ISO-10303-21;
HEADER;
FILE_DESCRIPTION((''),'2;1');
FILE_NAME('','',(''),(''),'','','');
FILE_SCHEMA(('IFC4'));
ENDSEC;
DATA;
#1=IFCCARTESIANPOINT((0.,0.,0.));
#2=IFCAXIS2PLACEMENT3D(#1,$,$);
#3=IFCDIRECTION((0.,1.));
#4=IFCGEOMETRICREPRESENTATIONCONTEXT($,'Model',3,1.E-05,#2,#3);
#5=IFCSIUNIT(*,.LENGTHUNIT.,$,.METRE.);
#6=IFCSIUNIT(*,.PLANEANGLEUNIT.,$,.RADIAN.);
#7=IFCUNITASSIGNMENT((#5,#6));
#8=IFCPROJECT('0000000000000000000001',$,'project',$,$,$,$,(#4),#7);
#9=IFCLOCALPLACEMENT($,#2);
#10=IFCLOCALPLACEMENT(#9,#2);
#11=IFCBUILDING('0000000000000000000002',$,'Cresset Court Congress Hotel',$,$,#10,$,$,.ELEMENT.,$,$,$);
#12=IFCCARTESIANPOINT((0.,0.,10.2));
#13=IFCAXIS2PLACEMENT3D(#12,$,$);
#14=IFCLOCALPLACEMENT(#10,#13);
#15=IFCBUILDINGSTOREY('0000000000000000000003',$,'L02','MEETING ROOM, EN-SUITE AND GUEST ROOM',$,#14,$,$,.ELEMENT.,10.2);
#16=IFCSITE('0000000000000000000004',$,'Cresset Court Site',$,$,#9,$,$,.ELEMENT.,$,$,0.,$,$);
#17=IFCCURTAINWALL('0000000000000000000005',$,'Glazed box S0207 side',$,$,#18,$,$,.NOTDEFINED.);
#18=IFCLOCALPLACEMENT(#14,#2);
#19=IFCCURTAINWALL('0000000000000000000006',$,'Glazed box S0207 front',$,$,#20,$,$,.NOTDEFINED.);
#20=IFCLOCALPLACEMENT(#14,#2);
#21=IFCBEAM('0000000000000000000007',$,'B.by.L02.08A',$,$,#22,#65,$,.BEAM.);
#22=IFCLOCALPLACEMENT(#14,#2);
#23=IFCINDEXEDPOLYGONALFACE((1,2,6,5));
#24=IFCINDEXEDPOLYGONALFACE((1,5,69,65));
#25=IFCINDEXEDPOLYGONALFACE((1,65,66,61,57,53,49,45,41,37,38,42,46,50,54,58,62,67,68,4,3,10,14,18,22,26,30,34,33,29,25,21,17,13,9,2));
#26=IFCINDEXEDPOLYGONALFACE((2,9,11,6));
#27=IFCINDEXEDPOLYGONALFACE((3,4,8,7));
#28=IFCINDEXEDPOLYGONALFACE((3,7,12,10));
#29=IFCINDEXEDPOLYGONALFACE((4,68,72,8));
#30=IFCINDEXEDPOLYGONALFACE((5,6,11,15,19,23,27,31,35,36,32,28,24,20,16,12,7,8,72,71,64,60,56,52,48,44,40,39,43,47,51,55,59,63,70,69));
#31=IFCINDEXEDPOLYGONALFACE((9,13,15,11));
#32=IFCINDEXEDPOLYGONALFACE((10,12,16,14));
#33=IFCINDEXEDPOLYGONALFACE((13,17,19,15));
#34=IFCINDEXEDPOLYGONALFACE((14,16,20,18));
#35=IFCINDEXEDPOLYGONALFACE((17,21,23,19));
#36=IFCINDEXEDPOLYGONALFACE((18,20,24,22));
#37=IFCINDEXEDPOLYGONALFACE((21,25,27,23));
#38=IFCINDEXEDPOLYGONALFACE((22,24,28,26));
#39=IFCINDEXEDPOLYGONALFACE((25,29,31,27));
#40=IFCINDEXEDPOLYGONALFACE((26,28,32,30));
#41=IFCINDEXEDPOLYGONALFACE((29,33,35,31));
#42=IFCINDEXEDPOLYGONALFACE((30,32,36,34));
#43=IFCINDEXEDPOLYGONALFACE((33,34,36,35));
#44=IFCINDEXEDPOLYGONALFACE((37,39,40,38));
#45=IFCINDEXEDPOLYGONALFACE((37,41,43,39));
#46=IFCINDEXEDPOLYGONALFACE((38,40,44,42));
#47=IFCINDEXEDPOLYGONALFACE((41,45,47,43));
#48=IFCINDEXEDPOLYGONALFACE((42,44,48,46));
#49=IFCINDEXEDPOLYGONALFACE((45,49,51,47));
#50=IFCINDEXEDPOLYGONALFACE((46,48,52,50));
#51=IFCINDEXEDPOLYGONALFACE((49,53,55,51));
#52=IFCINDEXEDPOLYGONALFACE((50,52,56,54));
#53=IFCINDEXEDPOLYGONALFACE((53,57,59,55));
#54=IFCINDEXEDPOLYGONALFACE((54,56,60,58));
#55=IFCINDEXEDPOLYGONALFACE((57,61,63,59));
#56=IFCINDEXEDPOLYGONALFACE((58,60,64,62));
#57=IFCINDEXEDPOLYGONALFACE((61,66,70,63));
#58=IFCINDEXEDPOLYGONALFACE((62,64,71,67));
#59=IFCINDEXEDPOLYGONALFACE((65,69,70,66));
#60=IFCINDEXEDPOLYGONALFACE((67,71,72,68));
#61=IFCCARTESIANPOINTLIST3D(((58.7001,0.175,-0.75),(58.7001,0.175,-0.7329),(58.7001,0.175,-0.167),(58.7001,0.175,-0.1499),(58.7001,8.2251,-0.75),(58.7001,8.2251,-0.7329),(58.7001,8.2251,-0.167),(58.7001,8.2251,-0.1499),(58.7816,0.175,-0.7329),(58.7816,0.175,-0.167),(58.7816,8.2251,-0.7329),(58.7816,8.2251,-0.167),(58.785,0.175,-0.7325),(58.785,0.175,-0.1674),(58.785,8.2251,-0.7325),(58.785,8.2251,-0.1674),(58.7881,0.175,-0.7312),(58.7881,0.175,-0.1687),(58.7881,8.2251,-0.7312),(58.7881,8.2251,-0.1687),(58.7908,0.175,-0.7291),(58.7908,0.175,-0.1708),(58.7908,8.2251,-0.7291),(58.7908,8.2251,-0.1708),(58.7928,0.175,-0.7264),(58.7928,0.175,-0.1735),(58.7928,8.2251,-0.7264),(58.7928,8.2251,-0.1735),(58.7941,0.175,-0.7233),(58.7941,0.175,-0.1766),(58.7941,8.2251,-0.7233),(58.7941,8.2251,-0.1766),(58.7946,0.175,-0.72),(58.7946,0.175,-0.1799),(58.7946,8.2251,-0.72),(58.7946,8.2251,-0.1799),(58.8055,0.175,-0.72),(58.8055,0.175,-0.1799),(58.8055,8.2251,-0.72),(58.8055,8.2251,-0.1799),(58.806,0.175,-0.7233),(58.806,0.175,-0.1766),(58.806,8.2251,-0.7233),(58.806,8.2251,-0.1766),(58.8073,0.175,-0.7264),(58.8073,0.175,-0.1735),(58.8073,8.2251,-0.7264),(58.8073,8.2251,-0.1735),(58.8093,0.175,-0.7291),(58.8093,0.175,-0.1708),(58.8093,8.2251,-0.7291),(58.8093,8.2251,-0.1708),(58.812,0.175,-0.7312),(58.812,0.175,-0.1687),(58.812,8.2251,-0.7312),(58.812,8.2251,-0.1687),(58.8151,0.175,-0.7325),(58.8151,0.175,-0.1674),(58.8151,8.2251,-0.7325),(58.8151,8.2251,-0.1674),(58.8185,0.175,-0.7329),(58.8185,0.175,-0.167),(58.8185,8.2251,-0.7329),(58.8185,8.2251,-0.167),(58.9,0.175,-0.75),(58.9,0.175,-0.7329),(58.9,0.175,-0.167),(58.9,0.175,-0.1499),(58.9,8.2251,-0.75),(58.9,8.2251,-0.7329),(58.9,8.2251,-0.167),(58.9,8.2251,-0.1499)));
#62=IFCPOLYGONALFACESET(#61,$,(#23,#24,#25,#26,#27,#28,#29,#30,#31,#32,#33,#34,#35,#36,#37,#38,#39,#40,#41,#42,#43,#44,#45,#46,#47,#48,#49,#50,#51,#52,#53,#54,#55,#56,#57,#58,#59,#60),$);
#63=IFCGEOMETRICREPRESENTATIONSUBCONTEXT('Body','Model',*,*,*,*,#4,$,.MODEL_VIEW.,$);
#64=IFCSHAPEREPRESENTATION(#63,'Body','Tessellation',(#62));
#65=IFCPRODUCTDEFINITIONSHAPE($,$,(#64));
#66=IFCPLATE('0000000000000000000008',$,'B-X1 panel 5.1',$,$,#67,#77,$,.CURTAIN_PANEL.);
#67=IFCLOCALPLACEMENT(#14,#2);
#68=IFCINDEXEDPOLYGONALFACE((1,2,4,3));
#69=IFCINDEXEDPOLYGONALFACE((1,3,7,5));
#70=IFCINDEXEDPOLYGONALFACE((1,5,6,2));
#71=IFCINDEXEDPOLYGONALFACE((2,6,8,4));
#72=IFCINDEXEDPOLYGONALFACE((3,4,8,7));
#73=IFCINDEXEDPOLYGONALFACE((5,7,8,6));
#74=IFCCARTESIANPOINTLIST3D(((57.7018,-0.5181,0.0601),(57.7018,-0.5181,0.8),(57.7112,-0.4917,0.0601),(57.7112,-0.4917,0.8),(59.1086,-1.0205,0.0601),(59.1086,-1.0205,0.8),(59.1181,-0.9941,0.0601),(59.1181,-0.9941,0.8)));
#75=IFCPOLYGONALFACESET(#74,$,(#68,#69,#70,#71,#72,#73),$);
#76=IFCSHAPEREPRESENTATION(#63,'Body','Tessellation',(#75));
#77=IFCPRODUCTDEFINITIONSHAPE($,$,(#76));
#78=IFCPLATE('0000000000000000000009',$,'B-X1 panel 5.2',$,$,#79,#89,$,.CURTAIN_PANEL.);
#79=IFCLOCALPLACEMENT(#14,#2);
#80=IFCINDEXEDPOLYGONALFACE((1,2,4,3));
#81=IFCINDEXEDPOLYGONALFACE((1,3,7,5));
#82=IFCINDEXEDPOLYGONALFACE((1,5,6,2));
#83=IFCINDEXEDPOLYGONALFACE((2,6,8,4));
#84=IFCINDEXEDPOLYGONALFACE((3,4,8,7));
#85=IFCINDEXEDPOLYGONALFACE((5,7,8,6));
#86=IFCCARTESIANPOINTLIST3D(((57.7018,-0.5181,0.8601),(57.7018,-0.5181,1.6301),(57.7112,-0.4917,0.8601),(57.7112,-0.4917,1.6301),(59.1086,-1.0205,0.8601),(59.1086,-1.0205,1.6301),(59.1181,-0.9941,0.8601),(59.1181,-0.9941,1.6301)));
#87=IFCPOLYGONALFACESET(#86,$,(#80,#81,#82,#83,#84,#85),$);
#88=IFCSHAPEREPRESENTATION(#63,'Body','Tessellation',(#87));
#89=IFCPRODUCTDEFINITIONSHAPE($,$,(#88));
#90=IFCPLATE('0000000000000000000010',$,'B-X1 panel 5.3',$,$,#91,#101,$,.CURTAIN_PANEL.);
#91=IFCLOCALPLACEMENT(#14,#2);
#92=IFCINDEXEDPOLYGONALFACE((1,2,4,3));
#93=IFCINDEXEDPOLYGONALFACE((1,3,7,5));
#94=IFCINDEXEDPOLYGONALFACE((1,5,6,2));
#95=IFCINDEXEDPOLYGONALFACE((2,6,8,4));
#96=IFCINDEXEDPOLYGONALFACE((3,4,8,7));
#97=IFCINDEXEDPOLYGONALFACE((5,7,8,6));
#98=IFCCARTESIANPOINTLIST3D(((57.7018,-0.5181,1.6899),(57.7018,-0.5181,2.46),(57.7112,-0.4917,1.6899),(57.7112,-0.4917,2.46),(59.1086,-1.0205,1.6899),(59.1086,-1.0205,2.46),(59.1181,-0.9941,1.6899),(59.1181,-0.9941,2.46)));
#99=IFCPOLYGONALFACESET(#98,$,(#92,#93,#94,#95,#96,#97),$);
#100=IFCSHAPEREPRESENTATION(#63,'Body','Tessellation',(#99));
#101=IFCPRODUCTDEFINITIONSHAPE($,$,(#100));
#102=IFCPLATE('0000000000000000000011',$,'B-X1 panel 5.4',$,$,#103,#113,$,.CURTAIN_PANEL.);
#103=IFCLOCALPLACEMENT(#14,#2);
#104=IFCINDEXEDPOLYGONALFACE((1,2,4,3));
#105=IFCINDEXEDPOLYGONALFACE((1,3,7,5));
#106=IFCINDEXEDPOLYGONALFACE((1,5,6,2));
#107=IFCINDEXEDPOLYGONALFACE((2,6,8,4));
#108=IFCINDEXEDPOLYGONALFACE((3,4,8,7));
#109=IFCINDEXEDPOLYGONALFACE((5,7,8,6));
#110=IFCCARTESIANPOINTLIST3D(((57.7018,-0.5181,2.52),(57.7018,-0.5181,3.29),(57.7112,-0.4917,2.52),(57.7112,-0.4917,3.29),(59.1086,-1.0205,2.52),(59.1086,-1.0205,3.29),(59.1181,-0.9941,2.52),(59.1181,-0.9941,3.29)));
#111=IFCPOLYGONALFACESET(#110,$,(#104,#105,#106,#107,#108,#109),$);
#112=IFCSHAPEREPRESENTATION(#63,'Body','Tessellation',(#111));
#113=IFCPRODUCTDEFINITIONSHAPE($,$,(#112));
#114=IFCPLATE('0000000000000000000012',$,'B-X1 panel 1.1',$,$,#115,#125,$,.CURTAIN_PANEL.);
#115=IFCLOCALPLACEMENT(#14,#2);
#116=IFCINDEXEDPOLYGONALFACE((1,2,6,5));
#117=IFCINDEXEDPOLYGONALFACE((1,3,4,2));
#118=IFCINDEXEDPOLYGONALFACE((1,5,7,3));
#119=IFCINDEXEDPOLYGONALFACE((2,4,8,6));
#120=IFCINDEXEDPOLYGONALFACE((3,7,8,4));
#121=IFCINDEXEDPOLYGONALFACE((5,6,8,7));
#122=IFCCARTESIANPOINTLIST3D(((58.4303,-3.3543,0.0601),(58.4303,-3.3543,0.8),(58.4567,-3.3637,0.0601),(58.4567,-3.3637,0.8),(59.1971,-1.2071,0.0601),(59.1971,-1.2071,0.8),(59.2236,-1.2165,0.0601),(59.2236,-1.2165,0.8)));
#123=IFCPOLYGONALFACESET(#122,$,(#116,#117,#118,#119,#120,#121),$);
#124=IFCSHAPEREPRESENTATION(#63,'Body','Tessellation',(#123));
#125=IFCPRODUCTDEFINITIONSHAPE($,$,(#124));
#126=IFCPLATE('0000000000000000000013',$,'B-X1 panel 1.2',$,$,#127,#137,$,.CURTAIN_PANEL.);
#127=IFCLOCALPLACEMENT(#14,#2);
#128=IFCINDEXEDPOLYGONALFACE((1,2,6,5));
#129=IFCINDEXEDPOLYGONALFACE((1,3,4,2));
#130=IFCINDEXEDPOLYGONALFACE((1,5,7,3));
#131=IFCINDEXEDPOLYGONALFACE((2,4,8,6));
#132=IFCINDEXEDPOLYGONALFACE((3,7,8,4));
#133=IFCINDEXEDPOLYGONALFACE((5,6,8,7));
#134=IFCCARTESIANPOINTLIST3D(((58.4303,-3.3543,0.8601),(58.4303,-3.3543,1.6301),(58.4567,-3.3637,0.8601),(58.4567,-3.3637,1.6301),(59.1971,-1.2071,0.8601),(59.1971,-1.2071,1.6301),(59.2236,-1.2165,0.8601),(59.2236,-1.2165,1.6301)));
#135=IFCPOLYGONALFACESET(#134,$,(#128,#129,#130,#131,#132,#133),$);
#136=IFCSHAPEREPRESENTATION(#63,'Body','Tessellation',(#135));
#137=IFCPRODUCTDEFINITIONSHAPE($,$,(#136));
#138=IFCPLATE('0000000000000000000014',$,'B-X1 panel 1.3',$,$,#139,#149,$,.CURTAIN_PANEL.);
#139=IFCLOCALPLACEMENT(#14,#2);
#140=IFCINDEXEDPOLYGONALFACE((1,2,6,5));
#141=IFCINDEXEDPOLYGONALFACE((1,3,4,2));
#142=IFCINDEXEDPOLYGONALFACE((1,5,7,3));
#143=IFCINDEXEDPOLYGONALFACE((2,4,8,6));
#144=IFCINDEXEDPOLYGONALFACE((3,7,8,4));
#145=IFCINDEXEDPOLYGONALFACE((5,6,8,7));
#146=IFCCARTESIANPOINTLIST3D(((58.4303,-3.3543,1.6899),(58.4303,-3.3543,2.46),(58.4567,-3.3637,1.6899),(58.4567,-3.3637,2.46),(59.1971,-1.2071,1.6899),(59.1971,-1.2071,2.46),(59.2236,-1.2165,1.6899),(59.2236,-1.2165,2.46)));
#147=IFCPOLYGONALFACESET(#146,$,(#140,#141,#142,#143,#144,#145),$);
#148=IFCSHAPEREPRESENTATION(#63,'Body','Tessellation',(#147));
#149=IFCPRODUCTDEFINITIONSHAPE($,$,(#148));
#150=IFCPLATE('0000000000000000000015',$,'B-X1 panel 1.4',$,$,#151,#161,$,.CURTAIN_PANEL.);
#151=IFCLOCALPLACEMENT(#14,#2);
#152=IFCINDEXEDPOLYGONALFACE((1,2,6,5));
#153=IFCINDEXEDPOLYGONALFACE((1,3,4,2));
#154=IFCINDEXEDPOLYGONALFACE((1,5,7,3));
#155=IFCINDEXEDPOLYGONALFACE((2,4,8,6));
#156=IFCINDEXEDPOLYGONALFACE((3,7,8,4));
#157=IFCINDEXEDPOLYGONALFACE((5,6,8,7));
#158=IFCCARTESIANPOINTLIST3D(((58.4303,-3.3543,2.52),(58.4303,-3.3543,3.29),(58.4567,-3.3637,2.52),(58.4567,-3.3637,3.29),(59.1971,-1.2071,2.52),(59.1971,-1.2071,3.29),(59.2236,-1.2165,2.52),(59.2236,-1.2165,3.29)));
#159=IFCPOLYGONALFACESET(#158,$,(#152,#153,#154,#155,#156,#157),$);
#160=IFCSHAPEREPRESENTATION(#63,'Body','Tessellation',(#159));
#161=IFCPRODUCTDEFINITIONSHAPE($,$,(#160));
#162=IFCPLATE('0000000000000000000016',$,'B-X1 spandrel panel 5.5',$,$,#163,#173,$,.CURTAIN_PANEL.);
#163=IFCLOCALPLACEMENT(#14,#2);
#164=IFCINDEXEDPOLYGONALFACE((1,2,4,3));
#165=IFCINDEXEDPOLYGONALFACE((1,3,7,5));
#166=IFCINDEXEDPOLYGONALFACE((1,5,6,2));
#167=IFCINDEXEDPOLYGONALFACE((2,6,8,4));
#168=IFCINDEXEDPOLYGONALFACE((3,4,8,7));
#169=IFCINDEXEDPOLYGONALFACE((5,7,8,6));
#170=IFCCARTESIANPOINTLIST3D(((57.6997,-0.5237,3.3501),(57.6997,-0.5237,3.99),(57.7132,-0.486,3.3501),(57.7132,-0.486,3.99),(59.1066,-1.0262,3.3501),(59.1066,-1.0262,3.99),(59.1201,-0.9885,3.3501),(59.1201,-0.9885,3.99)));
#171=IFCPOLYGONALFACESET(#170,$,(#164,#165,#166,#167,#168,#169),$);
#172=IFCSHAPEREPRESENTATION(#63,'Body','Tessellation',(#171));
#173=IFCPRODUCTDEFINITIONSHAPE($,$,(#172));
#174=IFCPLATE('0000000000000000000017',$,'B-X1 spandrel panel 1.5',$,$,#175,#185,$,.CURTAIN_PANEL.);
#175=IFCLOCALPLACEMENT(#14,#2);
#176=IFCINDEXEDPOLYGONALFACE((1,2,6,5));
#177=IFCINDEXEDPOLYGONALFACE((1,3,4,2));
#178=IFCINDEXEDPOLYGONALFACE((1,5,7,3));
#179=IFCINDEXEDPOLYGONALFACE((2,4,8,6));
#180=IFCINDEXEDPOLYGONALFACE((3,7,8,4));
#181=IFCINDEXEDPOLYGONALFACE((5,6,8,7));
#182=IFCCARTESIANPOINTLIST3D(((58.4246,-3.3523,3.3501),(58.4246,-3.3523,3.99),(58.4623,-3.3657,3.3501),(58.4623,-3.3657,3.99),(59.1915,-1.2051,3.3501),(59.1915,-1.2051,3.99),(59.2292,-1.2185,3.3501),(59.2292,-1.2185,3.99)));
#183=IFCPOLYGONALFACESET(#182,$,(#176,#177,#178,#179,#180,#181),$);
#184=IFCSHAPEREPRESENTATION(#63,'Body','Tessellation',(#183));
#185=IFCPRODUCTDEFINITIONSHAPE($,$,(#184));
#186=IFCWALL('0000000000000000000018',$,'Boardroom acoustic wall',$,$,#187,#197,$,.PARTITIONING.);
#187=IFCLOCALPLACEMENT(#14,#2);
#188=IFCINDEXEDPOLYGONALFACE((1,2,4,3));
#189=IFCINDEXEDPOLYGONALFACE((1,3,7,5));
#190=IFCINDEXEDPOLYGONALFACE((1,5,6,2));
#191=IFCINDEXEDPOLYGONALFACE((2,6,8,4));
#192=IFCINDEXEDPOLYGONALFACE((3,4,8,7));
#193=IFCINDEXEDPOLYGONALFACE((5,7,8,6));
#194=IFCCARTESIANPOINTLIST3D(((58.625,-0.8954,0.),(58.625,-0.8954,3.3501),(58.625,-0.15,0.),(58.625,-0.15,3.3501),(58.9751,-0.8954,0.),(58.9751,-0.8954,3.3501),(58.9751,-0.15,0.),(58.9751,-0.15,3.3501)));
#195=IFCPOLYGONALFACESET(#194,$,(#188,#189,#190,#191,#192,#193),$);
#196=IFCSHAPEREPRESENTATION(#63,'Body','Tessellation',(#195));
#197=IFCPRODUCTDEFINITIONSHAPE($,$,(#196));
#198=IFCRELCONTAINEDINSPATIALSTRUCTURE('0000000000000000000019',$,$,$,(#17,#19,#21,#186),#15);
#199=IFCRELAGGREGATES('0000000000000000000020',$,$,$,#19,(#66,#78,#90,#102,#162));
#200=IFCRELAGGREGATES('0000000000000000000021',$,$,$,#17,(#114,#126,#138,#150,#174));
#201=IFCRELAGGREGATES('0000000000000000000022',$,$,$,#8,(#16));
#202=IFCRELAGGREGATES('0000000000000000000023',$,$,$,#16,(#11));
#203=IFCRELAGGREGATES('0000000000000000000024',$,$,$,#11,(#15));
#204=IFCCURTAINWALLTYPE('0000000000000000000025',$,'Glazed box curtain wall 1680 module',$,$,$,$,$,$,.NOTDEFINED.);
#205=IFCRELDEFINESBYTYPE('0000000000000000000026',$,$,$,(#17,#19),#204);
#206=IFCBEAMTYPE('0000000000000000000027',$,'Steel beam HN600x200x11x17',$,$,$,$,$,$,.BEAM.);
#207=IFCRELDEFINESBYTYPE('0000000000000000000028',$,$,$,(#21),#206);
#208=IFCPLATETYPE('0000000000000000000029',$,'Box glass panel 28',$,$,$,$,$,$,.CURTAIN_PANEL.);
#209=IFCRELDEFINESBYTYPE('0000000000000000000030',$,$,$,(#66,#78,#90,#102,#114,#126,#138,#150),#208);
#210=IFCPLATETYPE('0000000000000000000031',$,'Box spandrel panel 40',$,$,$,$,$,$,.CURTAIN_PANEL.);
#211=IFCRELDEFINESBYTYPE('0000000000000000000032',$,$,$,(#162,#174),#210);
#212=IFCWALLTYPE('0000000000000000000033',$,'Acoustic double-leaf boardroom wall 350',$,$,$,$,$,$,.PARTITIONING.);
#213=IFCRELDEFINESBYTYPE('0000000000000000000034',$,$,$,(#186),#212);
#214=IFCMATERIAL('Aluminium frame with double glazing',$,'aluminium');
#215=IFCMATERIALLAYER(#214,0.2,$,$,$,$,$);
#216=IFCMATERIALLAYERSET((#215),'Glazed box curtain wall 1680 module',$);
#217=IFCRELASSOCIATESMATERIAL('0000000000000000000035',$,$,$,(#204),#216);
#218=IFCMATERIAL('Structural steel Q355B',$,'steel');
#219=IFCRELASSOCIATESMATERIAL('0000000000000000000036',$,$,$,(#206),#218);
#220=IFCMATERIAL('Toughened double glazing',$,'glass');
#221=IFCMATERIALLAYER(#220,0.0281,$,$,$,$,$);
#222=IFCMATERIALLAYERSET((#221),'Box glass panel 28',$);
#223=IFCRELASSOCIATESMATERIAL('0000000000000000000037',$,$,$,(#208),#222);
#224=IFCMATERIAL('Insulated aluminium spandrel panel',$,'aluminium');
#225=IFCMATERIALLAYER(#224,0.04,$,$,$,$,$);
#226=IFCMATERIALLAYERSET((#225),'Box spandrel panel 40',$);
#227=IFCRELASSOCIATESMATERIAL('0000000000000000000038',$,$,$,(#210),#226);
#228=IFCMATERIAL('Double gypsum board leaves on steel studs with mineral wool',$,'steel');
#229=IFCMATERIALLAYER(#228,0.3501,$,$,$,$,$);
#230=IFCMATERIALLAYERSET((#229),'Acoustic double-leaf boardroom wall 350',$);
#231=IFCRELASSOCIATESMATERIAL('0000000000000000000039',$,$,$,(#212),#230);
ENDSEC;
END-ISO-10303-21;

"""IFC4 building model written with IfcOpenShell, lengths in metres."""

from ifc_helpers import new_model, si_unit, direction, frame, frame_2d, origin, origin_2d, place, context, subcontext, project, spatial, rectangle, i_section, extrude, material, layer, layer_set, material_profile, profile_set, type_object, element, aggregate, save


model = new_model("IFC4")

# Units and contexts
model_context = context("Model", 3, precision=1e-05, world=origin(), true_north=direction((0.0, 1.0)))
body_context = subcontext(model_context, "Body", "Model", "MODEL_VIEW")
ifc_project = project(units=[si_unit("LENGTHUNIT", "METRE"), si_unit("PLANEANGLEUNIT", "RADIAN")], contexts=[model_context])

# Site, building, storey
site_placement = place(None, origin())
site = spatial("IfcSite", under=ifc_project, at=site_placement, Name="Cresset Court Site", CompositionType="ELEMENT", RefElevation=0.0)
building_placement = place(site_placement, origin())
building = spatial("IfcBuilding", under=site, at=building_placement, Name="Cresset Court Congress Hotel", CompositionType="ELEMENT")
storey_placement = place(building_placement, frame((0.0, 0.0, 10.2)))
storey = spatial("IfcBuildingStorey", under=building, at=storey_placement, Name="L02", Description="MEETING ROOM, EN-SUITE AND GUEST ROOM", CompositionType="ELEMENT", Elevation=10.2)

# Curtain wall
ifc_material_1 = material(Name="Aluminium frame with double glazing", Category="aluminium")
ifc_layer_1 = layer(ifc_material_1, 0.2)
ifc_layer_set_1 = layer_set([ifc_layer_1], Name="Glazed box curtain wall 1680 module")
curtain_wall_type = type_object("IfcCurtainWallType", Name="Glazed box curtain wall 1680 module", PredefinedType="NOTDEFINED", material=ifc_layer_set_1)
curtain_wall_1_placement = place(storey_placement, origin())
curtain_wall_1 = element("IfcCurtainWall", 1, at=curtain_wall_1_placement, inside=storey, type_object=curtain_wall_type, Name="Glazed box S0207 side", PredefinedType="NOTDEFINED")

# Curtain wall
curtain_wall_2_placement = place(storey_placement, origin())
curtain_wall_2 = element("IfcCurtainWall", 2, at=curtain_wall_2_placement, inside=storey, type_object=curtain_wall_type, Name="Glazed box S0207 front", PredefinedType="NOTDEFINED")

# Beam
ifc_material_2 = material(Name="Structural steel Q355B", Category="steel")
ifc_material_profile_1 = material_profile(ifc_material_2, i_section(OverallWidth=0.2, OverallDepth=0.6001, WebThickness=0.011, FlangeThickness=0.0171, FilletRadius=0.0129, at=origin_2d()), Name="HN600x200x11x17")
ifc_profile_set_1 = profile_set([ifc_material_profile_1], Name="Structural steel Q355B")
beam_type = type_object("IfcBeamType", Name="Steel beam HN600x200x11x17", PredefinedType="BEAM", material=ifc_profile_set_1)
beam_placement = place(storey_placement, frame((58.8, 0.175, -0.45), z_axis=(0.0, 1.0, 0.0), x_axis=(-1.0, 0.0, 0.0)))
element("IfcBeam", 3, at=beam_placement, inside=storey, type_object=beam_type, Name="B.by.L02.08A", PredefinedType="BEAM", context=body_context, shape_type="SweptSolid", body=[
    extrude(i_section(OverallWidth=0.2, OverallDepth=0.6001, WebThickness=0.011, FlangeThickness=0.0171, FilletRadius=0.0129, at=origin_2d()), origin(), (0.0, 0.0, 1.0), 8.05),
])

# Plates
ifc_material_3 = material(Name="Toughened double glazing", Category="glass")
ifc_layer_2 = layer(ifc_material_3, 0.0281)
ifc_layer_set_2 = layer_set([ifc_layer_2], Name="Box glass panel 28")
plate_type_1 = type_object("IfcPlateType", Name="Box glass panel 28", PredefinedType="CURTAIN_PANEL", material=ifc_layer_set_2)
plate_1_placement = place(storey_placement, frame((58.4099, -0.7561, 0.0601), z_axis=(0.0, 0.0, 1.0), x_axis=(0.941742, -0.336336, 0.0)))
plate_1 = element("IfcPlate", 4, at=plate_1_placement, type_object=plate_type_1, Name="B-X1 panel 5.1", PredefinedType="CURTAIN_PANEL", context=body_context, shape_type="SweptSolid", body=[
    extrude(rectangle(XDim=1.4939, YDim=0.0281, at=origin_2d()), origin(), (0.0, 0.0, 1.0), 0.74),
])
plate_2_placement = place(storey_placement, frame((58.4099, -0.7561, 0.8601), z_axis=(0.0, 0.0, 1.0), x_axis=(0.941742, -0.336336, 0.0)))
plate_2 = element("IfcPlate", 5, at=plate_2_placement, type_object=plate_type_1, Name="B-X1 panel 5.2", PredefinedType="CURTAIN_PANEL", context=body_context, shape_type="SweptSolid", body=[
    extrude(rectangle(XDim=1.4939, YDim=0.0281, at=origin_2d()), origin(), (0.0, 0.0, 1.0), 0.77),
])
plate_3_placement = place(storey_placement, frame((58.4099, -0.7561, 1.6899), z_axis=(0.0, 0.0, 1.0), x_axis=(0.941742, -0.336336, 0.0)))
plate_3 = element("IfcPlate", 6, at=plate_3_placement, type_object=plate_type_1, Name="B-X1 panel 5.3", PredefinedType="CURTAIN_PANEL", context=body_context, shape_type="SweptSolid", body=[
    extrude(rectangle(XDim=1.4939, YDim=0.0281, at=origin_2d()), origin(), (0.0, 0.0, 1.0), 0.77),
])
plate_4_placement = place(storey_placement, frame((58.4099, -0.7561, 2.52), z_axis=(0.0, 0.0, 1.0), x_axis=(0.941742, -0.336336, 0.0)))
plate_4 = element("IfcPlate", 7, at=plate_4_placement, type_object=plate_type_1, Name="B-X1 panel 5.4", PredefinedType="CURTAIN_PANEL", context=body_context, shape_type="SweptSolid", body=[
    extrude(rectangle(XDim=1.4939, YDim=0.0281, at=origin_2d()), origin(), (0.0, 0.0, 1.0), 0.77),
])
plate_5_placement = place(storey_placement, frame((58.8269, -2.2854, 0.0601), z_axis=(0.0, 0.0, 1.0), x_axis=(0.336336, 0.941742, 0.0)))
plate_5 = element("IfcPlate", 8, at=plate_5_placement, type_object=plate_type_1, Name="B-X1 panel 1.1", PredefinedType="CURTAIN_PANEL", context=body_context, shape_type="SweptSolid", body=[
    extrude(rectangle(XDim=2.28, YDim=0.0281, at=origin_2d()), origin(), (0.0, 0.0, 1.0), 0.74),
])
plate_6_placement = place(storey_placement, frame((58.8269, -2.2854, 0.8601), z_axis=(0.0, 0.0, 1.0), x_axis=(0.336336, 0.941742, 0.0)))
plate_6 = element("IfcPlate", 9, at=plate_6_placement, type_object=plate_type_1, Name="B-X1 panel 1.2", PredefinedType="CURTAIN_PANEL", context=body_context, shape_type="SweptSolid", body=[
    extrude(rectangle(XDim=2.28, YDim=0.0281, at=origin_2d()), origin(), (0.0, 0.0, 1.0), 0.77),
])
plate_7_placement = place(storey_placement, frame((58.8269, -2.2854, 1.6899), z_axis=(0.0, 0.0, 1.0), x_axis=(0.336336, 0.941742, 0.0)))
plate_7 = element("IfcPlate", 10, at=plate_7_placement, type_object=plate_type_1, Name="B-X1 panel 1.3", PredefinedType="CURTAIN_PANEL", context=body_context, shape_type="SweptSolid", body=[
    extrude(rectangle(XDim=2.28, YDim=0.0281, at=origin_2d()), origin(), (0.0, 0.0, 1.0), 0.77),
])
plate_8_placement = place(storey_placement, frame((58.8269, -2.2854, 2.52), z_axis=(0.0, 0.0, 1.0), x_axis=(0.336336, 0.941742, 0.0)))
plate_8 = element("IfcPlate", 11, at=plate_8_placement, type_object=plate_type_1, Name="B-X1 panel 1.4", PredefinedType="CURTAIN_PANEL", context=body_context, shape_type="SweptSolid", body=[
    extrude(rectangle(XDim=2.28, YDim=0.0281, at=origin_2d()), origin(), (0.0, 0.0, 1.0), 0.77),
])
ifc_material_4 = material(Name="Insulated aluminium spandrel panel", Category="aluminium")
ifc_layer_3 = layer(ifc_material_4, 0.04)
ifc_layer_set_3 = layer_set([ifc_layer_3], Name="Box spandrel panel 40")
plate_type_2 = type_object("IfcPlateType", Name="Box spandrel panel 40", PredefinedType="CURTAIN_PANEL", material=ifc_layer_set_3)
plate_9_placement = place(storey_placement, frame((58.4099, -0.7561, 3.3501), z_axis=(0.0, 0.0, 1.0), x_axis=(0.941742, -0.336336, 0.0)))
plate_9 = element("IfcPlate", 12, at=plate_9_placement, type_object=plate_type_2, Name="B-X1 spandrel panel 5.5", PredefinedType="CURTAIN_PANEL", context=body_context, shape_type="SweptSolid", body=[
    extrude(rectangle(XDim=1.4939, YDim=0.04, at=origin_2d()), origin(), (0.0, 0.0, 1.0), 0.6399),
])
aggregate(curtain_wall_2, [plate_1, plate_2, plate_3, plate_4, plate_9])
plate_10_placement = place(storey_placement, frame((58.8269, -2.2854, 3.3501), z_axis=(0.0, 0.0, 1.0), x_axis=(0.336336, 0.941742, 0.0)))
plate_10 = element("IfcPlate", 13, at=plate_10_placement, type_object=plate_type_2, Name="B-X1 spandrel panel 1.5", PredefinedType="CURTAIN_PANEL", context=body_context, shape_type="SweptSolid", body=[
    extrude(rectangle(XDim=2.28, YDim=0.04, at=origin_2d()), origin(), (0.0, 0.0, 1.0), 0.6399),
])
aggregate(curtain_wall_1, [plate_5, plate_6, plate_7, plate_8, plate_10])

# Wall
ifc_material_5 = material(Name="Double gypsum board leaves on steel studs with mineral wool", Category="steel")
ifc_layer_4 = layer(ifc_material_5, 0.3501)
ifc_layer_set_4 = layer_set([ifc_layer_4], Name="Acoustic double-leaf boardroom wall 350")
wall_type_1 = type_object("IfcWallType", Name="Acoustic double-leaf boardroom wall 350", PredefinedType="PARTITIONING", material=ifc_layer_set_4)
wall_1_placement = place(storey_placement, frame((58.8, -0.8953, 0.0), z_axis=(0.0, 0.0, 1.0), x_axis=(0.0, 1.0, 0.0)))
element("IfcWall", 14, at=wall_1_placement, inside=storey, type_object=wall_type_1, Name="Boardroom acoustic wall", PredefinedType="PARTITIONING", context=body_context, shape_type="SweptSolid", body=[
    extrude(rectangle(XDim=0.7454, YDim=0.3501, at=frame_2d((0.3726, 0.0))), origin(), (0.0, 0.0, 1.0), 3.3501),
])

save(model, "model.ifc")
